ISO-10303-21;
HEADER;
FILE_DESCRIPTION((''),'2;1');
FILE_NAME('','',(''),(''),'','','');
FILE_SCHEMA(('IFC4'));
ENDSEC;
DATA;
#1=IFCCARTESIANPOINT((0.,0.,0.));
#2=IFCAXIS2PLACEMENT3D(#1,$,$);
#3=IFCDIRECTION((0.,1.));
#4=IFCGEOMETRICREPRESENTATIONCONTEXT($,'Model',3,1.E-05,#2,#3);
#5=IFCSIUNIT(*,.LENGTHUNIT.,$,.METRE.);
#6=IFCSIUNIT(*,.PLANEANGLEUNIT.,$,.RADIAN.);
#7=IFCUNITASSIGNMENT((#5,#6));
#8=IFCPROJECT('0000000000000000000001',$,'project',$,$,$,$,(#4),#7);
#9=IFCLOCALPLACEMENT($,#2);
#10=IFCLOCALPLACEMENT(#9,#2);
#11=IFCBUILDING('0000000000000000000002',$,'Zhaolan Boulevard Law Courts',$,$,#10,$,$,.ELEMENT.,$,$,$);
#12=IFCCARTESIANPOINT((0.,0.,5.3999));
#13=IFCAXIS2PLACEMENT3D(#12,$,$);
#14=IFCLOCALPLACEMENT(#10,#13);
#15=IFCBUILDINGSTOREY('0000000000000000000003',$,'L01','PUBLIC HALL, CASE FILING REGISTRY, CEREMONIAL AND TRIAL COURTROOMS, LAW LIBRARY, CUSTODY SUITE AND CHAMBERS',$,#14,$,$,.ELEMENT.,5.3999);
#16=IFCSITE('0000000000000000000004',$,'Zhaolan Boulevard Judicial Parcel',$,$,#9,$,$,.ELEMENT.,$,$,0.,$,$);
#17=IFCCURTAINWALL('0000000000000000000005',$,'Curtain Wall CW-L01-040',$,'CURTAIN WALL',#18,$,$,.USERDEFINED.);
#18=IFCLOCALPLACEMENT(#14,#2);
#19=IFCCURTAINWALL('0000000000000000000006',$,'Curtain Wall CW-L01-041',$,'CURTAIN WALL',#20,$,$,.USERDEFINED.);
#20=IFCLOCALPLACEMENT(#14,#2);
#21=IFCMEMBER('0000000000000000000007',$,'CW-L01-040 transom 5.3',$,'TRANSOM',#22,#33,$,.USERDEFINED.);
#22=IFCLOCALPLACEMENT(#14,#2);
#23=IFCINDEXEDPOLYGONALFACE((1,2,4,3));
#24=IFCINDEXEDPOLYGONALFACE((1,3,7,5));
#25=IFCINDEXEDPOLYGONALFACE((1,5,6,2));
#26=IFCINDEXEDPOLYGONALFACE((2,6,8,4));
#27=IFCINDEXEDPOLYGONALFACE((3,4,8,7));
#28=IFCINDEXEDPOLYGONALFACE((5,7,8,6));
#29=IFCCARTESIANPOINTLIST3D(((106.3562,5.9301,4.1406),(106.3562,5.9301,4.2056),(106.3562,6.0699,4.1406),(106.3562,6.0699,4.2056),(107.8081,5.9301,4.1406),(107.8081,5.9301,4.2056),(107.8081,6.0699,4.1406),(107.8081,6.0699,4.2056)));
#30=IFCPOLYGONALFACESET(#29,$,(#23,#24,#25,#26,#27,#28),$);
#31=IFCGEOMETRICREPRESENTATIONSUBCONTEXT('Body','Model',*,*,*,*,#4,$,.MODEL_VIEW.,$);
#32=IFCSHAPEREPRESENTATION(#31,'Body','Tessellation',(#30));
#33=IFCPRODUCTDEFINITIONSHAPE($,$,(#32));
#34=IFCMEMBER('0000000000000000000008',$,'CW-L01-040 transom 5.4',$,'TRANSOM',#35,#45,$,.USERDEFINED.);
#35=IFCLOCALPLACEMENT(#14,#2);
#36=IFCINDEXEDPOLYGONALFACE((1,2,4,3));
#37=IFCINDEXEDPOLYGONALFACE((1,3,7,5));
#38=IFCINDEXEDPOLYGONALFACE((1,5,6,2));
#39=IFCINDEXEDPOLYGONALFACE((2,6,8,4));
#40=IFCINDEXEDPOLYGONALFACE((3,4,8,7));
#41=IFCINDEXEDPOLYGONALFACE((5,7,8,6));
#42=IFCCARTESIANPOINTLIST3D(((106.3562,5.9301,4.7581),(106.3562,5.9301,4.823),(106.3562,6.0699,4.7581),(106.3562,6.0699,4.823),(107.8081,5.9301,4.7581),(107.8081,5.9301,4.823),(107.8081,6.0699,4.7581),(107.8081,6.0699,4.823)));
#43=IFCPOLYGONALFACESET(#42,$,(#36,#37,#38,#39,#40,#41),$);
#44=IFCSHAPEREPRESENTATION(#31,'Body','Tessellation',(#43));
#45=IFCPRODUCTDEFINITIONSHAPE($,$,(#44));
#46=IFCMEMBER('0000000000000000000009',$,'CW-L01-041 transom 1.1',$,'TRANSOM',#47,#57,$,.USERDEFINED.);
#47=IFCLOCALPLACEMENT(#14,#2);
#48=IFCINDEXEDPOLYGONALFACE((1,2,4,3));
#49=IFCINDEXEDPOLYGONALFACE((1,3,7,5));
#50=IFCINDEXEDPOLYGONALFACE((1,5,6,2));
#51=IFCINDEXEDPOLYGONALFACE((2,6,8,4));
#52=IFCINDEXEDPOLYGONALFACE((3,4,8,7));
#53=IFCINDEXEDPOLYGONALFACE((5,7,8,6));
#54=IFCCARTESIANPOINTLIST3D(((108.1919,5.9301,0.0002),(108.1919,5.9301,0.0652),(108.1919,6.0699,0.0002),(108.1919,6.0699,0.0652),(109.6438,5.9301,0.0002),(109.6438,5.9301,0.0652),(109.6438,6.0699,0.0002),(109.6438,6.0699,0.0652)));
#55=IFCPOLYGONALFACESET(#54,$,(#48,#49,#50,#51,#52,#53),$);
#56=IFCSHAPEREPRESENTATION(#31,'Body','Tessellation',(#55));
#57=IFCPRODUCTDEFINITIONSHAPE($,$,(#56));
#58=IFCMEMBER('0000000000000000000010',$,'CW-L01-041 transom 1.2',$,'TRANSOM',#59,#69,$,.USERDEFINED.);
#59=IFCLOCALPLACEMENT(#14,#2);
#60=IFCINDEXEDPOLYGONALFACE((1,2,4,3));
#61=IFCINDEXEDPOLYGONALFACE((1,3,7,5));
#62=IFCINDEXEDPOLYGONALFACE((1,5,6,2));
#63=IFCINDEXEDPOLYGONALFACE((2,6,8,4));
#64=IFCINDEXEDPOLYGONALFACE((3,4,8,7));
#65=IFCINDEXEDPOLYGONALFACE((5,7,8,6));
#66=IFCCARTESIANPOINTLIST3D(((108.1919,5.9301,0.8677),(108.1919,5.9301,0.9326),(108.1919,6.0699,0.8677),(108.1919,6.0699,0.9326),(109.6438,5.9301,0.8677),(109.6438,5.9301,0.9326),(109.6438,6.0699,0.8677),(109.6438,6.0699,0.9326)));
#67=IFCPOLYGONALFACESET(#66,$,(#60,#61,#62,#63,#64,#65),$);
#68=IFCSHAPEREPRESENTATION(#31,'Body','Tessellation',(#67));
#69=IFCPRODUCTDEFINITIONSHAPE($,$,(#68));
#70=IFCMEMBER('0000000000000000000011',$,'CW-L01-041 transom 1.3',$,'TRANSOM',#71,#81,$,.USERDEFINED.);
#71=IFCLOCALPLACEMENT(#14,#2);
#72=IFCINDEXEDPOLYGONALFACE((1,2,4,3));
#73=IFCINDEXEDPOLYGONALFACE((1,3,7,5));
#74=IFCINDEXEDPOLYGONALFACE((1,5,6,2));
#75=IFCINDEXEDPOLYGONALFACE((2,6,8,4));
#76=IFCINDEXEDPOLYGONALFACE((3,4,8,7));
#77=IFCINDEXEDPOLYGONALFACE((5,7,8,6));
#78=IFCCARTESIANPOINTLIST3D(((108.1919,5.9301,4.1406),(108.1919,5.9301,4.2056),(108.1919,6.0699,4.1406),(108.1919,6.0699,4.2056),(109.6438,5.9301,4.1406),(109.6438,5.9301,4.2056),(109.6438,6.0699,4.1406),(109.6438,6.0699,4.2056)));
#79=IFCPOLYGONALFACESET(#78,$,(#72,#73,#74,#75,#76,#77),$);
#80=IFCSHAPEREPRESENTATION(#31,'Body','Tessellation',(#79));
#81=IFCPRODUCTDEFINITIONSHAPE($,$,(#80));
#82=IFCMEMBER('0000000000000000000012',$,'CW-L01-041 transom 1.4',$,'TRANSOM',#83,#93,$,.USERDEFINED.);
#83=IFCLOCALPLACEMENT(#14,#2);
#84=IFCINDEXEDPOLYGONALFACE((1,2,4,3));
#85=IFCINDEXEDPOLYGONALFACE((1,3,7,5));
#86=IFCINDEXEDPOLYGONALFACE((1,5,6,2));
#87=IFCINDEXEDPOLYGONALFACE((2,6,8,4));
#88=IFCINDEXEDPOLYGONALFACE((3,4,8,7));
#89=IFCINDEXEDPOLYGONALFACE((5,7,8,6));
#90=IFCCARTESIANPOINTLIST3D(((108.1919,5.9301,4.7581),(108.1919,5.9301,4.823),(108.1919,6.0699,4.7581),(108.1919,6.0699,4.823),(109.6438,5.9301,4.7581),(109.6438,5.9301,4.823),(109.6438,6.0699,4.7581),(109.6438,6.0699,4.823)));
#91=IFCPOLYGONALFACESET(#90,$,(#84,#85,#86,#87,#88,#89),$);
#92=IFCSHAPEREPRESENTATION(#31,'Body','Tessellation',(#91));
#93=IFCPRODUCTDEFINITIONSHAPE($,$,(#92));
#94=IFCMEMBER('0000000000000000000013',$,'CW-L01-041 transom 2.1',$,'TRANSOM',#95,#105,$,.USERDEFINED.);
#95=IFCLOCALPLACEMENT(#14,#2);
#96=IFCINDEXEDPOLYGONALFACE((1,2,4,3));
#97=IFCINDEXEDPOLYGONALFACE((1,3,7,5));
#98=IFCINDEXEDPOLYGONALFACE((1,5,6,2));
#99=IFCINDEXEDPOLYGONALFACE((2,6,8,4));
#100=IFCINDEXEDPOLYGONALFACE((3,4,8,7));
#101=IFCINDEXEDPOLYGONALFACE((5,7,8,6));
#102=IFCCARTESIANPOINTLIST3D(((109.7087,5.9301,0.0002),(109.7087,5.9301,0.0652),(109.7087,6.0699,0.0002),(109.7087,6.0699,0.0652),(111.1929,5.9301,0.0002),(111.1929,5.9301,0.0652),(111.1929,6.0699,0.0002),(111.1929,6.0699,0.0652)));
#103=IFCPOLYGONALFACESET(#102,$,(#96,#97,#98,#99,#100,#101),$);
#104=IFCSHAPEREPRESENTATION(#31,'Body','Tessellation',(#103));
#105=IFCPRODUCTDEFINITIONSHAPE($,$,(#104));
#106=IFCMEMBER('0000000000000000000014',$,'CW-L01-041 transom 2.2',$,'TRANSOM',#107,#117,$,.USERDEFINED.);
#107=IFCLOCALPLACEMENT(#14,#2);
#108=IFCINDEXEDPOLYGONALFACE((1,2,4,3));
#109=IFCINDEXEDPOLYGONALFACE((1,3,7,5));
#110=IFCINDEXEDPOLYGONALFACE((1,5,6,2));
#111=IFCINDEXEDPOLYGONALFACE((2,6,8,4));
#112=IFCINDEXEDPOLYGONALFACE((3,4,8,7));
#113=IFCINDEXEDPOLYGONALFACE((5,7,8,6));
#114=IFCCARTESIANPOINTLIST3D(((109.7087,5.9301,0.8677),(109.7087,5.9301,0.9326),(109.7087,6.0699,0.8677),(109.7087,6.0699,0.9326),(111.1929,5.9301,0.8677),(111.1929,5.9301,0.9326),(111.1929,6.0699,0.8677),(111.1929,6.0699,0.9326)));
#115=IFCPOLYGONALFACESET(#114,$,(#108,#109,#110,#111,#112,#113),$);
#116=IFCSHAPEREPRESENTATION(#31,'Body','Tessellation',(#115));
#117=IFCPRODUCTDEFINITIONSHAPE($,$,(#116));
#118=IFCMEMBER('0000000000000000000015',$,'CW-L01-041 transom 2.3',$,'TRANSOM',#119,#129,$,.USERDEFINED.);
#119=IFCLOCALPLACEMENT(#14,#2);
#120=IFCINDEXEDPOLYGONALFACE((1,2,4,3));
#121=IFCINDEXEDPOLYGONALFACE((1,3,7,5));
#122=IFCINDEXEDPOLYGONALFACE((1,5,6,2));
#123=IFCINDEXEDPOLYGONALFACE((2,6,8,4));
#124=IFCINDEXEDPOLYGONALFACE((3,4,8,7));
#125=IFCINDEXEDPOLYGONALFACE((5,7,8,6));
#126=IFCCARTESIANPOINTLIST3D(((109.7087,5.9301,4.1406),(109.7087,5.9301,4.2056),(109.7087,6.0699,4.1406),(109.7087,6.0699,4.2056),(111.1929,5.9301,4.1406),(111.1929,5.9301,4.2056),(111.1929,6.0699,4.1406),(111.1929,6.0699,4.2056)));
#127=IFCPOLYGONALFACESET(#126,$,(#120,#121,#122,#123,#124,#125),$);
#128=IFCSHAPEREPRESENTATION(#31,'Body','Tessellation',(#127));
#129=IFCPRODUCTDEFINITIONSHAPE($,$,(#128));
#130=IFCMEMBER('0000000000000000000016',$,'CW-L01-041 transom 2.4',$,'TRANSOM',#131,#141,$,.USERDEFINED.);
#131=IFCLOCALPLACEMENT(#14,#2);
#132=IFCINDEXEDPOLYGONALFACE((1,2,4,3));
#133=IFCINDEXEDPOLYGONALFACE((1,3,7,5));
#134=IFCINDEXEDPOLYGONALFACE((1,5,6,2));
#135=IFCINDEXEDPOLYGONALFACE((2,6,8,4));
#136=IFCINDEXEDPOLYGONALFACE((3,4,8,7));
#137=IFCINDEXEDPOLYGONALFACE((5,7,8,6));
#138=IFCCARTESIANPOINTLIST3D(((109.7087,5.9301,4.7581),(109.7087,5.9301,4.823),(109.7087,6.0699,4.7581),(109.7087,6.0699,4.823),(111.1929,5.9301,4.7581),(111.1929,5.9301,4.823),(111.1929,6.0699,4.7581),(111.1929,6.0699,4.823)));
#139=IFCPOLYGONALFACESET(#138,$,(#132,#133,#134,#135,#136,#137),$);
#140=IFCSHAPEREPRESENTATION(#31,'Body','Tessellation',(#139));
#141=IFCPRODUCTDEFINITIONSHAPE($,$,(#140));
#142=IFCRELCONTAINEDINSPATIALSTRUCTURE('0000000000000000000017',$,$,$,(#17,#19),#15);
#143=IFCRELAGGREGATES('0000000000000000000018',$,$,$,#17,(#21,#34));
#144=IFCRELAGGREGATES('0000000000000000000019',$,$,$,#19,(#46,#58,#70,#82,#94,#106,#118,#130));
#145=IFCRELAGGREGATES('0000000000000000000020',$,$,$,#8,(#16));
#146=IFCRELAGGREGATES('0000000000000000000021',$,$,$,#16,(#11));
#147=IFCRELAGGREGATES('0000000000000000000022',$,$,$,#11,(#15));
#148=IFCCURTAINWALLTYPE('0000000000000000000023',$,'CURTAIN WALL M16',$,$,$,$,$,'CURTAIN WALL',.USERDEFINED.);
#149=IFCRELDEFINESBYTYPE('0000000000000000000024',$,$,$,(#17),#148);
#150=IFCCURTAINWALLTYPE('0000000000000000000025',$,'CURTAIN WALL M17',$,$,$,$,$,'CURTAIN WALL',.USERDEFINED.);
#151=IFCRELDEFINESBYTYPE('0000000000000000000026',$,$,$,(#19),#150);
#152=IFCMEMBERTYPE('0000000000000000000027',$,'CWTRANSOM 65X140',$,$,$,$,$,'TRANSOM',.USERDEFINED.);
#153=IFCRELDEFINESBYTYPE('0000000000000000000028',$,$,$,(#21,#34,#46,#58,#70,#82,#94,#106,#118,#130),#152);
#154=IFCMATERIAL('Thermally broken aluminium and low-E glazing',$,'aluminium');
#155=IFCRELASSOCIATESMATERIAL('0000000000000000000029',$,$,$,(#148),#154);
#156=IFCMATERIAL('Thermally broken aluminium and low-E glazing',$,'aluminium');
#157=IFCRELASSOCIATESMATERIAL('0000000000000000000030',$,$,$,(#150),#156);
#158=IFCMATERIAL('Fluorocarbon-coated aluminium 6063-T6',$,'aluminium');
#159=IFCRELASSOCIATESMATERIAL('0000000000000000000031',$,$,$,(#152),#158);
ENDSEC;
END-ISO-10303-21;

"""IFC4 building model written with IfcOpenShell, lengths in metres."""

from ifc_helpers import new_model, si_unit, direction, frame, origin, origin_2d, place, context, subcontext, project, spatial, rectangle, extrude, material, material_profile, profile_set, type_object, element, aggregate, save


model = new_model("IFC4")

# Units and contexts
model_context = context("Model", 3, precision=1e-05, world=origin(), true_north=direction((0.0, 1.0)))
body_context = subcontext(model_context, "Body", "Model", "MODEL_VIEW")
ifc_project = project(units=[si_unit("LENGTHUNIT", "METRE"), si_unit("PLANEANGLEUNIT", "RADIAN")], contexts=[model_context])

# Site, building, storey
site_placement = place(None, origin())
site = spatial("IfcSite", under=ifc_project, at=site_placement, Name="Zhaolan Boulevard Judicial Parcel", CompositionType="ELEMENT", RefElevation=0.0)
building_placement = place(site_placement, origin())
building = spatial("IfcBuilding", under=site, at=building_placement, Name="Zhaolan Boulevard Law Courts", CompositionType="ELEMENT")
storey_placement = place(building_placement, frame((0.0, 0.0, 5.3999)))
storey = spatial("IfcBuildingStorey", under=building, at=storey_placement, Name="L01", Description="PUBLIC HALL, CASE FILING REGISTRY, CEREMONIAL AND TRIAL COURTROOMS, LAW LIBRARY, CUSTODY SUITE AND CHAMBERS", CompositionType="ELEMENT", Elevation=5.3999)

# Curtain walls
ifc_material_1 = material(Name="Thermally broken aluminium and low-E glazing", Category="aluminium")
curtain_wall_type_1 = type_object("IfcCurtainWallType", Name="CURTAIN WALL M16", ElementType="CURTAIN WALL", PredefinedType="USERDEFINED", material=ifc_material_1)
curtain_wall_1_placement = place(storey_placement, origin())
curtain_wall_1 = element("IfcCurtainWall", 1, at=curtain_wall_1_placement, inside=storey, type_object=curtain_wall_type_1, Name="Curtain Wall CW-L01-040", ObjectType="CURTAIN WALL", PredefinedType="USERDEFINED")
ifc_material_2 = material(Name="Thermally broken aluminium and low-E glazing", Category="aluminium")
curtain_wall_type_2 = type_object("IfcCurtainWallType", Name="CURTAIN WALL M17", ElementType="CURTAIN WALL", PredefinedType="USERDEFINED", material=ifc_material_2)
curtain_wall_2_placement = place(storey_placement, origin())
curtain_wall_2 = element("IfcCurtainWall", 2, at=curtain_wall_2_placement, inside=storey, type_object=curtain_wall_type_2, Name="Curtain Wall CW-L01-041", ObjectType="CURTAIN WALL", PredefinedType="USERDEFINED")

# Members
ifc_material_3 = material(Name="Fluorocarbon-coated aluminium 6063-T6", Category="aluminium")
ifc_material_profile_1 = material_profile(ifc_material_3, rectangle(XDim=0.1399, YDim=0.0649, at=origin_2d()), Name="AL65x140")
ifc_profile_set_1 = profile_set([ifc_material_profile_1], Name="Fluorocarbon-coated aluminium 6063-T6")
member_type_1 = type_object("IfcMemberType", Name="CWTRANSOM 65X140", ElementType="TRANSOM", PredefinedType="USERDEFINED", material=ifc_profile_set_1)
member_1_placement = place(storey_placement, frame((106.3562, 6.0, 4.1731), z_axis=(1.0, 0.0, 0.0), x_axis=(0.0, 1.0, 0.0)))
member_1 = element("IfcMember", 3, at=member_1_placement, type_object=member_type_1, Name="CW-L01-040 transom 5.3", ObjectType="TRANSOM", PredefinedType="USERDEFINED", context=body_context, shape_type="SweptSolid", body=[
    extrude(rectangle(XDim=0.1399, YDim=0.0649, at=origin_2d()), origin(), (0.0, 0.0, 1.0), 1.4519),
])
member_2_placement = place(storey_placement, frame((106.3562, 6.0, 4.7905), z_axis=(1.0, 0.0, 0.0), x_axis=(0.0, 1.0, 0.0)))
member_2 = element("IfcMember", 4, at=member_2_placement, type_object=member_type_1, Name="CW-L01-040 transom 5.4", ObjectType="TRANSOM", PredefinedType="USERDEFINED", context=body_context, shape_type="SweptSolid", body=[
    extrude(rectangle(XDim=0.1399, YDim=0.0649, at=origin_2d()), origin(), (0.0, 0.0, 1.0), 1.4519),
])
member_3_placement = place(storey_placement, frame((108.1919, 6.0, 0.0327), z_axis=(1.0, 0.0, 0.0), x_axis=(0.0, 1.0, 0.0)))
member_3 = element("IfcMember", 5, at=member_3_placement, type_object=member_type_1, Name="CW-L01-041 transom 1.1", ObjectType="TRANSOM", PredefinedType="USERDEFINED", context=body_context, shape_type="SweptSolid", body=[
    extrude(rectangle(XDim=0.1399, YDim=0.0649, at=origin_2d()), origin(), (0.0, 0.0, 1.0), 1.4519),
])
member_4_placement = place(storey_placement, frame((108.1919, 6.0, 0.9001), z_axis=(1.0, 0.0, 0.0), x_axis=(0.0, 1.0, 0.0)))
member_4 = element("IfcMember", 6, at=member_4_placement, type_object=member_type_1, Name="CW-L01-041 transom 1.2", ObjectType="TRANSOM", PredefinedType="USERDEFINED", context=body_context, shape_type="SweptSolid", body=[
    extrude(rectangle(XDim=0.1399, YDim=0.0649, at=origin_2d()), origin(), (0.0, 0.0, 1.0), 1.4519),
])
member_5_placement = place(storey_placement, frame((108.1919, 6.0, 4.1731), z_axis=(1.0, 0.0, 0.0), x_axis=(0.0, 1.0, 0.0)))
member_5 = element("IfcMember", 7, at=member_5_placement, type_object=member_type_1, Name="CW-L01-041 transom 1.3", ObjectType="TRANSOM", PredefinedType="USERDEFINED", context=body_context, shape_type="SweptSolid", body=[
    extrude(rectangle(XDim=0.1399, YDim=0.0649, at=origin_2d()), origin(), (0.0, 0.0, 1.0), 1.4519),
])
member_6_placement = place(storey_placement, frame((108.1919, 6.0, 4.7905), z_axis=(1.0, 0.0, 0.0), x_axis=(0.0, 1.0, 0.0)))
member_6 = element("IfcMember", 8, at=member_6_placement, type_object=member_type_1, Name="CW-L01-041 transom 1.4", ObjectType="TRANSOM", PredefinedType="USERDEFINED", context=body_context, shape_type="SweptSolid", body=[
    extrude(rectangle(XDim=0.1399, YDim=0.0649, at=origin_2d()), origin(), (0.0, 0.0, 1.0), 1.4519),
])
member_7_placement = place(storey_placement, frame((109.7087, 6.0, 0.0327), z_axis=(1.0, 0.0, 0.0), x_axis=(0.0, 1.0, 0.0)))
member_7 = element("IfcMember", 9, at=member_7_placement, type_object=member_type_1, Name="CW-L01-041 transom 2.1", ObjectType="TRANSOM", PredefinedType="USERDEFINED", context=body_context, shape_type="SweptSolid", body=[
    extrude(rectangle(XDim=0.1399, YDim=0.0649, at=origin_2d()), origin(), (0.0, 0.0, 1.0), 1.4841),
])
member_8_placement = place(storey_placement, frame((109.7087, 6.0, 0.9001), z_axis=(1.0, 0.0, 0.0), x_axis=(0.0, 1.0, 0.0)))
member_8 = element("IfcMember", 10, at=member_8_placement, type_object=member_type_1, Name="CW-L01-041 transom 2.2", ObjectType="TRANSOM", PredefinedType="USERDEFINED", context=body_context, shape_type="SweptSolid", body=[
    extrude(rectangle(XDim=0.1399, YDim=0.0649, at=origin_2d()), origin(), (0.0, 0.0, 1.0), 1.4841),
])
member_9_placement = place(storey_placement, frame((109.7087, 6.0, 4.1731), z_axis=(1.0, 0.0, 0.0), x_axis=(0.0, 1.0, 0.0)))
member_9 = element("IfcMember", 11, at=member_9_placement, type_object=member_type_1, Name="CW-L01-041 transom 2.3", ObjectType="TRANSOM", PredefinedType="USERDEFINED", context=body_context, shape_type="SweptSolid", body=[
    extrude(rectangle(XDim=0.1399, YDim=0.0649, at=origin_2d()), origin(), (0.0, 0.0, 1.0), 1.4841),
])
member_10_placement = place(storey_placement, frame((109.7087, 6.0, 4.7905), z_axis=(1.0, 0.0, 0.0), x_axis=(0.0, 1.0, 0.0)))
member_10 = element("IfcMember", 12, at=member_10_placement, type_object=member_type_1, Name="CW-L01-041 transom 2.4", ObjectType="TRANSOM", PredefinedType="USERDEFINED", context=body_context, shape_type="SweptSolid", body=[
    extrude(rectangle(XDim=0.1399, YDim=0.0649, at=origin_2d()), origin(), (0.0, 0.0, 1.0), 1.4841),
])

aggregate(curtain_wall_1, [member_1, member_2])
aggregate(curtain_wall_2, [member_3, member_4, member_5, member_6, member_7, member_8, member_9, member_10])

save(model, "model.ifc")
